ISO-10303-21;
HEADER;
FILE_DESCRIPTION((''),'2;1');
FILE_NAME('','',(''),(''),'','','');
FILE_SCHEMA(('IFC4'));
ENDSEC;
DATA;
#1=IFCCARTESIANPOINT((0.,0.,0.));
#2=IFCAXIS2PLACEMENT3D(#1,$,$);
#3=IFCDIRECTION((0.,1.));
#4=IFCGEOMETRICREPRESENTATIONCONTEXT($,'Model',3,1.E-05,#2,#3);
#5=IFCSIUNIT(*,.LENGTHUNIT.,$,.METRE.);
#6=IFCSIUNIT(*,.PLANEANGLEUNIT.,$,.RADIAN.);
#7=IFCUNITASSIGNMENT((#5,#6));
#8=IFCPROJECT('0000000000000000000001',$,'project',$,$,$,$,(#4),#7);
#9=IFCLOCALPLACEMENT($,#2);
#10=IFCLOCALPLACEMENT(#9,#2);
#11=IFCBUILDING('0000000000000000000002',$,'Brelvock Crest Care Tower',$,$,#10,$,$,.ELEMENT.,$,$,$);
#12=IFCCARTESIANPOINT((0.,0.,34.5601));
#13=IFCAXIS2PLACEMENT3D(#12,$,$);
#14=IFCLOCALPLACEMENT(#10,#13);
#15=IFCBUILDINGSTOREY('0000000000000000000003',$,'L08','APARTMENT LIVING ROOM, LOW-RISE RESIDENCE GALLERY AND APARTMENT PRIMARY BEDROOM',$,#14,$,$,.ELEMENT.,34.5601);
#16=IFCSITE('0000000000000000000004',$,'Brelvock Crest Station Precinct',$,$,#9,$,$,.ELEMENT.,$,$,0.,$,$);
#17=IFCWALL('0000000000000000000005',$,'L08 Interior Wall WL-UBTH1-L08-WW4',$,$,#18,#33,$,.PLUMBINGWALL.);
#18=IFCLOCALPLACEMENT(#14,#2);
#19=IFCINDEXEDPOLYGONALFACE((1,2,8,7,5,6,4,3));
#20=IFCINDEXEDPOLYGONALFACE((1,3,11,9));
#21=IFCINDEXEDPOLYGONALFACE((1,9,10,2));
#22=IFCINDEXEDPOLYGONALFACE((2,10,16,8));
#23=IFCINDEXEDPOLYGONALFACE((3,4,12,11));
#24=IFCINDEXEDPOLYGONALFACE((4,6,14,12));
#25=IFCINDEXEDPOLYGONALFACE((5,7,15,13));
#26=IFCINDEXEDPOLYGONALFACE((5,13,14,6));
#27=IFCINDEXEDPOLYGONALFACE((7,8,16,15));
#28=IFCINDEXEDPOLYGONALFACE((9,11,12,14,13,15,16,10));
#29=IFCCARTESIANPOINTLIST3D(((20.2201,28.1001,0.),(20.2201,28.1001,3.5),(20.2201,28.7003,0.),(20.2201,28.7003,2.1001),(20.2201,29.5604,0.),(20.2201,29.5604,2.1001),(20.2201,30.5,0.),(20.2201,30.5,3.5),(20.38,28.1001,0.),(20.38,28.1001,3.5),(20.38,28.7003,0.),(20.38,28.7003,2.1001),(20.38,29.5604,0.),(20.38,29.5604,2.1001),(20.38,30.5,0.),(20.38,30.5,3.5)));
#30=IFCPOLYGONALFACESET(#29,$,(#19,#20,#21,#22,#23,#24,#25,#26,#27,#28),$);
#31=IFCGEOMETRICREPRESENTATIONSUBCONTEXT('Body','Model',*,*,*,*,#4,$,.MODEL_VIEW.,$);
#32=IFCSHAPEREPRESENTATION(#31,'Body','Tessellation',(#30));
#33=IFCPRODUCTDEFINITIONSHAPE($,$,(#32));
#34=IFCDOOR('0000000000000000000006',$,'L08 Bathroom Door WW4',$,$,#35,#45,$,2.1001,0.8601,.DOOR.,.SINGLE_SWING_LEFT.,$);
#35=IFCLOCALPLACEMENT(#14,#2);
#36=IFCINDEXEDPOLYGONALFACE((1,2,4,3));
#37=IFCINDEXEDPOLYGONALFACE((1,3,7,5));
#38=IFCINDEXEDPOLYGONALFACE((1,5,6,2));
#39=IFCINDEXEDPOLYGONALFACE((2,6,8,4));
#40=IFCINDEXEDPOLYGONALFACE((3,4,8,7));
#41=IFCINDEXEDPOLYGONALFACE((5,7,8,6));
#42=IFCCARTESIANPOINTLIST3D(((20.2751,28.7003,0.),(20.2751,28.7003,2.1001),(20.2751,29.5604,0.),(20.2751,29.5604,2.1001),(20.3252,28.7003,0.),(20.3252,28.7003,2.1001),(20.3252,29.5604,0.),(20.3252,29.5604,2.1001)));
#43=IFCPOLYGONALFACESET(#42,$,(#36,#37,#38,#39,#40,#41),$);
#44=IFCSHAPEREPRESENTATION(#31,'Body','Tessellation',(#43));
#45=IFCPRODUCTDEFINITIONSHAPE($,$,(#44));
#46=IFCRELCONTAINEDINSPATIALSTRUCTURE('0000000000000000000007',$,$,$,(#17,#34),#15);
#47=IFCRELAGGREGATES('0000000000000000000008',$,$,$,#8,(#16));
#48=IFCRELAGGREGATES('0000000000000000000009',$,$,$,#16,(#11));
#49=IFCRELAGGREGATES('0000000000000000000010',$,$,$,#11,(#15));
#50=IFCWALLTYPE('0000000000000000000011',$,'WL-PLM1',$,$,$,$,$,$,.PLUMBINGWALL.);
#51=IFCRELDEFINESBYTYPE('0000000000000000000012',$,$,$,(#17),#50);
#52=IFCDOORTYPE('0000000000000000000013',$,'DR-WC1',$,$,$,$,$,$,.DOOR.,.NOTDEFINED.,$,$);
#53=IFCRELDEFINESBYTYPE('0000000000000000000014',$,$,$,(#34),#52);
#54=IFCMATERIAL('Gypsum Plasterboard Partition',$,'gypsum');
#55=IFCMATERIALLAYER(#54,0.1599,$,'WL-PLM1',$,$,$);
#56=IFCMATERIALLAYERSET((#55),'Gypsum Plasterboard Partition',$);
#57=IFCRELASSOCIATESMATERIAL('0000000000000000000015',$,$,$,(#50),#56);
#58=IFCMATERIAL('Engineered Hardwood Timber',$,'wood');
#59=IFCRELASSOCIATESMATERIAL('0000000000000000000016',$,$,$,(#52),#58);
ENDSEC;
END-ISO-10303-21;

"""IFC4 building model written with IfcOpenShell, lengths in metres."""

from ifc_helpers import new_model, si_unit, direction, frame, frame_2d, origin, origin_2d, place, context, subcontext, project, spatial, rectangle, extrude, source, transform, mapped, material, layer, layer_set, type_object, element, fill, save


model = new_model("IFC4")

# Units and contexts
model_context = context("Model", 3, precision=1e-05, world=origin(), true_north=direction((0.0, 1.0)))
body_context = subcontext(model_context, "Body", "Model", "MODEL_VIEW")
ifc_project = project(units=[si_unit("LENGTHUNIT", "METRE"), si_unit("PLANEANGLEUNIT", "RADIAN")], contexts=[model_context])

# Site, building, storey
site_placement = place(None, origin())
site = spatial("IfcSite", under=ifc_project, at=site_placement, Name="Brelvock Crest Station Precinct", CompositionType="ELEMENT", RefElevation=0.0)
building_placement = place(site_placement, origin())
building = spatial("IfcBuilding", under=site, at=building_placement, Name="Brelvock Crest Care Tower", CompositionType="ELEMENT")
storey_placement = place(building_placement, frame((0.0, 0.0, 34.5601)))
storey = spatial("IfcBuildingStorey", under=building, at=storey_placement, Name="L08", Description="APARTMENT LIVING ROOM, LOW-RISE RESIDENCE GALLERY AND APARTMENT PRIMARY BEDROOM", CompositionType="ELEMENT", Elevation=34.5601)

# Shared definitions
ifc_material_1 = material(Name="Gypsum Plasterboard Partition", Category="gypsum")

# Shared definitions
ifc_material_2 = material(Name="Engineered Hardwood Timber", Category="wood")

# Shared definitions
ifc_layer_1 = layer(ifc_material_1, 0.1599, Name="WL-PLM1")
ifc_layer_set_1 = layer_set([ifc_layer_1], Name="Gypsum Plasterboard Partition")
wall_type_1 = type_object("IfcWallType", Name="WL-PLM1", PredefinedType="PLUMBINGWALL", material=ifc_layer_set_1)

# Wall, opening, door
wall_1_placement = place(storey_placement, frame((20.3, 28.1001, 0.0), z_axis=(0.0, 0.0, 1.0), x_axis=(0.0, 1.0, 0.0)))
wall_1 = element("IfcWall", 1, at=wall_1_placement, inside=storey, type_object=wall_type_1, Name="L08 Interior Wall WL-UBTH1-L08-WW4", PredefinedType="PLUMBINGWALL", context=body_context, shape_type="SweptSolid", body=[
    extrude(rectangle(XDim=2.3999, YDim=0.1599, at=frame_2d((1.2, 0.0))), origin(), (0.0, 0.0, 1.0), 3.5),
])
opening_1_placement = place(wall_1_placement, frame((0.6001, 0.0, 0.0)))
opening_1 = element("IfcOpeningElement", 2, at=opening_1_placement, cuts=wall_1, PredefinedType="OPENING", context=body_context, shape_type="SweptSolid", body=[
    extrude(rectangle(XDim=0.8601, YDim=2.1001, at=origin_2d()), frame((0.4302, 0.0898, 1.05), z_axis=(0.0, -1.0, 0.0), x_axis=(1.0, 0.0, 0.0)), (0.0, 0.0, 1.0), 0.1799),
])
door_type_1 = type_object("IfcDoorType", Name="DR-WC1", OperationType="NOTDEFINED", PredefinedType="DOOR", material=ifc_material_2)
shared_shape_1 = source(origin(), body_context, "Body", "SweptSolid", [
    extrude(rectangle(XDim=0.8601, YDim=2.1001, at=origin_2d()), frame((0.4302, 0.0249, 1.05), z_axis=(0.0, -1.0, 0.0), x_axis=(1.0, 0.0, 0.0)), (0.0, 0.0, 1.0), 0.05),
])
door_1_placement = place(opening_1_placement, origin())
door_1 = element("IfcDoor", 3, at=door_1_placement, inside=storey, type_object=door_type_1, Name="L08 Bathroom Door WW4", OperationType="SINGLE_SWING_LEFT", OverallHeight=2.1001, OverallWidth=0.8601, PredefinedType="DOOR", context=body_context, shape_type="MappedRepresentation", body=[
    mapped(shared_shape_1, transform((0.0, 0.0, 0.0), x_axis=(1.0, 0.0, 0.0), y_axis=(0.0, 1.0, 0.0), z_axis=(0.0, 0.0, 1.0), scale=1.0)),
])
fill(opening_1, door_1)

save(model, "model.ifc")
